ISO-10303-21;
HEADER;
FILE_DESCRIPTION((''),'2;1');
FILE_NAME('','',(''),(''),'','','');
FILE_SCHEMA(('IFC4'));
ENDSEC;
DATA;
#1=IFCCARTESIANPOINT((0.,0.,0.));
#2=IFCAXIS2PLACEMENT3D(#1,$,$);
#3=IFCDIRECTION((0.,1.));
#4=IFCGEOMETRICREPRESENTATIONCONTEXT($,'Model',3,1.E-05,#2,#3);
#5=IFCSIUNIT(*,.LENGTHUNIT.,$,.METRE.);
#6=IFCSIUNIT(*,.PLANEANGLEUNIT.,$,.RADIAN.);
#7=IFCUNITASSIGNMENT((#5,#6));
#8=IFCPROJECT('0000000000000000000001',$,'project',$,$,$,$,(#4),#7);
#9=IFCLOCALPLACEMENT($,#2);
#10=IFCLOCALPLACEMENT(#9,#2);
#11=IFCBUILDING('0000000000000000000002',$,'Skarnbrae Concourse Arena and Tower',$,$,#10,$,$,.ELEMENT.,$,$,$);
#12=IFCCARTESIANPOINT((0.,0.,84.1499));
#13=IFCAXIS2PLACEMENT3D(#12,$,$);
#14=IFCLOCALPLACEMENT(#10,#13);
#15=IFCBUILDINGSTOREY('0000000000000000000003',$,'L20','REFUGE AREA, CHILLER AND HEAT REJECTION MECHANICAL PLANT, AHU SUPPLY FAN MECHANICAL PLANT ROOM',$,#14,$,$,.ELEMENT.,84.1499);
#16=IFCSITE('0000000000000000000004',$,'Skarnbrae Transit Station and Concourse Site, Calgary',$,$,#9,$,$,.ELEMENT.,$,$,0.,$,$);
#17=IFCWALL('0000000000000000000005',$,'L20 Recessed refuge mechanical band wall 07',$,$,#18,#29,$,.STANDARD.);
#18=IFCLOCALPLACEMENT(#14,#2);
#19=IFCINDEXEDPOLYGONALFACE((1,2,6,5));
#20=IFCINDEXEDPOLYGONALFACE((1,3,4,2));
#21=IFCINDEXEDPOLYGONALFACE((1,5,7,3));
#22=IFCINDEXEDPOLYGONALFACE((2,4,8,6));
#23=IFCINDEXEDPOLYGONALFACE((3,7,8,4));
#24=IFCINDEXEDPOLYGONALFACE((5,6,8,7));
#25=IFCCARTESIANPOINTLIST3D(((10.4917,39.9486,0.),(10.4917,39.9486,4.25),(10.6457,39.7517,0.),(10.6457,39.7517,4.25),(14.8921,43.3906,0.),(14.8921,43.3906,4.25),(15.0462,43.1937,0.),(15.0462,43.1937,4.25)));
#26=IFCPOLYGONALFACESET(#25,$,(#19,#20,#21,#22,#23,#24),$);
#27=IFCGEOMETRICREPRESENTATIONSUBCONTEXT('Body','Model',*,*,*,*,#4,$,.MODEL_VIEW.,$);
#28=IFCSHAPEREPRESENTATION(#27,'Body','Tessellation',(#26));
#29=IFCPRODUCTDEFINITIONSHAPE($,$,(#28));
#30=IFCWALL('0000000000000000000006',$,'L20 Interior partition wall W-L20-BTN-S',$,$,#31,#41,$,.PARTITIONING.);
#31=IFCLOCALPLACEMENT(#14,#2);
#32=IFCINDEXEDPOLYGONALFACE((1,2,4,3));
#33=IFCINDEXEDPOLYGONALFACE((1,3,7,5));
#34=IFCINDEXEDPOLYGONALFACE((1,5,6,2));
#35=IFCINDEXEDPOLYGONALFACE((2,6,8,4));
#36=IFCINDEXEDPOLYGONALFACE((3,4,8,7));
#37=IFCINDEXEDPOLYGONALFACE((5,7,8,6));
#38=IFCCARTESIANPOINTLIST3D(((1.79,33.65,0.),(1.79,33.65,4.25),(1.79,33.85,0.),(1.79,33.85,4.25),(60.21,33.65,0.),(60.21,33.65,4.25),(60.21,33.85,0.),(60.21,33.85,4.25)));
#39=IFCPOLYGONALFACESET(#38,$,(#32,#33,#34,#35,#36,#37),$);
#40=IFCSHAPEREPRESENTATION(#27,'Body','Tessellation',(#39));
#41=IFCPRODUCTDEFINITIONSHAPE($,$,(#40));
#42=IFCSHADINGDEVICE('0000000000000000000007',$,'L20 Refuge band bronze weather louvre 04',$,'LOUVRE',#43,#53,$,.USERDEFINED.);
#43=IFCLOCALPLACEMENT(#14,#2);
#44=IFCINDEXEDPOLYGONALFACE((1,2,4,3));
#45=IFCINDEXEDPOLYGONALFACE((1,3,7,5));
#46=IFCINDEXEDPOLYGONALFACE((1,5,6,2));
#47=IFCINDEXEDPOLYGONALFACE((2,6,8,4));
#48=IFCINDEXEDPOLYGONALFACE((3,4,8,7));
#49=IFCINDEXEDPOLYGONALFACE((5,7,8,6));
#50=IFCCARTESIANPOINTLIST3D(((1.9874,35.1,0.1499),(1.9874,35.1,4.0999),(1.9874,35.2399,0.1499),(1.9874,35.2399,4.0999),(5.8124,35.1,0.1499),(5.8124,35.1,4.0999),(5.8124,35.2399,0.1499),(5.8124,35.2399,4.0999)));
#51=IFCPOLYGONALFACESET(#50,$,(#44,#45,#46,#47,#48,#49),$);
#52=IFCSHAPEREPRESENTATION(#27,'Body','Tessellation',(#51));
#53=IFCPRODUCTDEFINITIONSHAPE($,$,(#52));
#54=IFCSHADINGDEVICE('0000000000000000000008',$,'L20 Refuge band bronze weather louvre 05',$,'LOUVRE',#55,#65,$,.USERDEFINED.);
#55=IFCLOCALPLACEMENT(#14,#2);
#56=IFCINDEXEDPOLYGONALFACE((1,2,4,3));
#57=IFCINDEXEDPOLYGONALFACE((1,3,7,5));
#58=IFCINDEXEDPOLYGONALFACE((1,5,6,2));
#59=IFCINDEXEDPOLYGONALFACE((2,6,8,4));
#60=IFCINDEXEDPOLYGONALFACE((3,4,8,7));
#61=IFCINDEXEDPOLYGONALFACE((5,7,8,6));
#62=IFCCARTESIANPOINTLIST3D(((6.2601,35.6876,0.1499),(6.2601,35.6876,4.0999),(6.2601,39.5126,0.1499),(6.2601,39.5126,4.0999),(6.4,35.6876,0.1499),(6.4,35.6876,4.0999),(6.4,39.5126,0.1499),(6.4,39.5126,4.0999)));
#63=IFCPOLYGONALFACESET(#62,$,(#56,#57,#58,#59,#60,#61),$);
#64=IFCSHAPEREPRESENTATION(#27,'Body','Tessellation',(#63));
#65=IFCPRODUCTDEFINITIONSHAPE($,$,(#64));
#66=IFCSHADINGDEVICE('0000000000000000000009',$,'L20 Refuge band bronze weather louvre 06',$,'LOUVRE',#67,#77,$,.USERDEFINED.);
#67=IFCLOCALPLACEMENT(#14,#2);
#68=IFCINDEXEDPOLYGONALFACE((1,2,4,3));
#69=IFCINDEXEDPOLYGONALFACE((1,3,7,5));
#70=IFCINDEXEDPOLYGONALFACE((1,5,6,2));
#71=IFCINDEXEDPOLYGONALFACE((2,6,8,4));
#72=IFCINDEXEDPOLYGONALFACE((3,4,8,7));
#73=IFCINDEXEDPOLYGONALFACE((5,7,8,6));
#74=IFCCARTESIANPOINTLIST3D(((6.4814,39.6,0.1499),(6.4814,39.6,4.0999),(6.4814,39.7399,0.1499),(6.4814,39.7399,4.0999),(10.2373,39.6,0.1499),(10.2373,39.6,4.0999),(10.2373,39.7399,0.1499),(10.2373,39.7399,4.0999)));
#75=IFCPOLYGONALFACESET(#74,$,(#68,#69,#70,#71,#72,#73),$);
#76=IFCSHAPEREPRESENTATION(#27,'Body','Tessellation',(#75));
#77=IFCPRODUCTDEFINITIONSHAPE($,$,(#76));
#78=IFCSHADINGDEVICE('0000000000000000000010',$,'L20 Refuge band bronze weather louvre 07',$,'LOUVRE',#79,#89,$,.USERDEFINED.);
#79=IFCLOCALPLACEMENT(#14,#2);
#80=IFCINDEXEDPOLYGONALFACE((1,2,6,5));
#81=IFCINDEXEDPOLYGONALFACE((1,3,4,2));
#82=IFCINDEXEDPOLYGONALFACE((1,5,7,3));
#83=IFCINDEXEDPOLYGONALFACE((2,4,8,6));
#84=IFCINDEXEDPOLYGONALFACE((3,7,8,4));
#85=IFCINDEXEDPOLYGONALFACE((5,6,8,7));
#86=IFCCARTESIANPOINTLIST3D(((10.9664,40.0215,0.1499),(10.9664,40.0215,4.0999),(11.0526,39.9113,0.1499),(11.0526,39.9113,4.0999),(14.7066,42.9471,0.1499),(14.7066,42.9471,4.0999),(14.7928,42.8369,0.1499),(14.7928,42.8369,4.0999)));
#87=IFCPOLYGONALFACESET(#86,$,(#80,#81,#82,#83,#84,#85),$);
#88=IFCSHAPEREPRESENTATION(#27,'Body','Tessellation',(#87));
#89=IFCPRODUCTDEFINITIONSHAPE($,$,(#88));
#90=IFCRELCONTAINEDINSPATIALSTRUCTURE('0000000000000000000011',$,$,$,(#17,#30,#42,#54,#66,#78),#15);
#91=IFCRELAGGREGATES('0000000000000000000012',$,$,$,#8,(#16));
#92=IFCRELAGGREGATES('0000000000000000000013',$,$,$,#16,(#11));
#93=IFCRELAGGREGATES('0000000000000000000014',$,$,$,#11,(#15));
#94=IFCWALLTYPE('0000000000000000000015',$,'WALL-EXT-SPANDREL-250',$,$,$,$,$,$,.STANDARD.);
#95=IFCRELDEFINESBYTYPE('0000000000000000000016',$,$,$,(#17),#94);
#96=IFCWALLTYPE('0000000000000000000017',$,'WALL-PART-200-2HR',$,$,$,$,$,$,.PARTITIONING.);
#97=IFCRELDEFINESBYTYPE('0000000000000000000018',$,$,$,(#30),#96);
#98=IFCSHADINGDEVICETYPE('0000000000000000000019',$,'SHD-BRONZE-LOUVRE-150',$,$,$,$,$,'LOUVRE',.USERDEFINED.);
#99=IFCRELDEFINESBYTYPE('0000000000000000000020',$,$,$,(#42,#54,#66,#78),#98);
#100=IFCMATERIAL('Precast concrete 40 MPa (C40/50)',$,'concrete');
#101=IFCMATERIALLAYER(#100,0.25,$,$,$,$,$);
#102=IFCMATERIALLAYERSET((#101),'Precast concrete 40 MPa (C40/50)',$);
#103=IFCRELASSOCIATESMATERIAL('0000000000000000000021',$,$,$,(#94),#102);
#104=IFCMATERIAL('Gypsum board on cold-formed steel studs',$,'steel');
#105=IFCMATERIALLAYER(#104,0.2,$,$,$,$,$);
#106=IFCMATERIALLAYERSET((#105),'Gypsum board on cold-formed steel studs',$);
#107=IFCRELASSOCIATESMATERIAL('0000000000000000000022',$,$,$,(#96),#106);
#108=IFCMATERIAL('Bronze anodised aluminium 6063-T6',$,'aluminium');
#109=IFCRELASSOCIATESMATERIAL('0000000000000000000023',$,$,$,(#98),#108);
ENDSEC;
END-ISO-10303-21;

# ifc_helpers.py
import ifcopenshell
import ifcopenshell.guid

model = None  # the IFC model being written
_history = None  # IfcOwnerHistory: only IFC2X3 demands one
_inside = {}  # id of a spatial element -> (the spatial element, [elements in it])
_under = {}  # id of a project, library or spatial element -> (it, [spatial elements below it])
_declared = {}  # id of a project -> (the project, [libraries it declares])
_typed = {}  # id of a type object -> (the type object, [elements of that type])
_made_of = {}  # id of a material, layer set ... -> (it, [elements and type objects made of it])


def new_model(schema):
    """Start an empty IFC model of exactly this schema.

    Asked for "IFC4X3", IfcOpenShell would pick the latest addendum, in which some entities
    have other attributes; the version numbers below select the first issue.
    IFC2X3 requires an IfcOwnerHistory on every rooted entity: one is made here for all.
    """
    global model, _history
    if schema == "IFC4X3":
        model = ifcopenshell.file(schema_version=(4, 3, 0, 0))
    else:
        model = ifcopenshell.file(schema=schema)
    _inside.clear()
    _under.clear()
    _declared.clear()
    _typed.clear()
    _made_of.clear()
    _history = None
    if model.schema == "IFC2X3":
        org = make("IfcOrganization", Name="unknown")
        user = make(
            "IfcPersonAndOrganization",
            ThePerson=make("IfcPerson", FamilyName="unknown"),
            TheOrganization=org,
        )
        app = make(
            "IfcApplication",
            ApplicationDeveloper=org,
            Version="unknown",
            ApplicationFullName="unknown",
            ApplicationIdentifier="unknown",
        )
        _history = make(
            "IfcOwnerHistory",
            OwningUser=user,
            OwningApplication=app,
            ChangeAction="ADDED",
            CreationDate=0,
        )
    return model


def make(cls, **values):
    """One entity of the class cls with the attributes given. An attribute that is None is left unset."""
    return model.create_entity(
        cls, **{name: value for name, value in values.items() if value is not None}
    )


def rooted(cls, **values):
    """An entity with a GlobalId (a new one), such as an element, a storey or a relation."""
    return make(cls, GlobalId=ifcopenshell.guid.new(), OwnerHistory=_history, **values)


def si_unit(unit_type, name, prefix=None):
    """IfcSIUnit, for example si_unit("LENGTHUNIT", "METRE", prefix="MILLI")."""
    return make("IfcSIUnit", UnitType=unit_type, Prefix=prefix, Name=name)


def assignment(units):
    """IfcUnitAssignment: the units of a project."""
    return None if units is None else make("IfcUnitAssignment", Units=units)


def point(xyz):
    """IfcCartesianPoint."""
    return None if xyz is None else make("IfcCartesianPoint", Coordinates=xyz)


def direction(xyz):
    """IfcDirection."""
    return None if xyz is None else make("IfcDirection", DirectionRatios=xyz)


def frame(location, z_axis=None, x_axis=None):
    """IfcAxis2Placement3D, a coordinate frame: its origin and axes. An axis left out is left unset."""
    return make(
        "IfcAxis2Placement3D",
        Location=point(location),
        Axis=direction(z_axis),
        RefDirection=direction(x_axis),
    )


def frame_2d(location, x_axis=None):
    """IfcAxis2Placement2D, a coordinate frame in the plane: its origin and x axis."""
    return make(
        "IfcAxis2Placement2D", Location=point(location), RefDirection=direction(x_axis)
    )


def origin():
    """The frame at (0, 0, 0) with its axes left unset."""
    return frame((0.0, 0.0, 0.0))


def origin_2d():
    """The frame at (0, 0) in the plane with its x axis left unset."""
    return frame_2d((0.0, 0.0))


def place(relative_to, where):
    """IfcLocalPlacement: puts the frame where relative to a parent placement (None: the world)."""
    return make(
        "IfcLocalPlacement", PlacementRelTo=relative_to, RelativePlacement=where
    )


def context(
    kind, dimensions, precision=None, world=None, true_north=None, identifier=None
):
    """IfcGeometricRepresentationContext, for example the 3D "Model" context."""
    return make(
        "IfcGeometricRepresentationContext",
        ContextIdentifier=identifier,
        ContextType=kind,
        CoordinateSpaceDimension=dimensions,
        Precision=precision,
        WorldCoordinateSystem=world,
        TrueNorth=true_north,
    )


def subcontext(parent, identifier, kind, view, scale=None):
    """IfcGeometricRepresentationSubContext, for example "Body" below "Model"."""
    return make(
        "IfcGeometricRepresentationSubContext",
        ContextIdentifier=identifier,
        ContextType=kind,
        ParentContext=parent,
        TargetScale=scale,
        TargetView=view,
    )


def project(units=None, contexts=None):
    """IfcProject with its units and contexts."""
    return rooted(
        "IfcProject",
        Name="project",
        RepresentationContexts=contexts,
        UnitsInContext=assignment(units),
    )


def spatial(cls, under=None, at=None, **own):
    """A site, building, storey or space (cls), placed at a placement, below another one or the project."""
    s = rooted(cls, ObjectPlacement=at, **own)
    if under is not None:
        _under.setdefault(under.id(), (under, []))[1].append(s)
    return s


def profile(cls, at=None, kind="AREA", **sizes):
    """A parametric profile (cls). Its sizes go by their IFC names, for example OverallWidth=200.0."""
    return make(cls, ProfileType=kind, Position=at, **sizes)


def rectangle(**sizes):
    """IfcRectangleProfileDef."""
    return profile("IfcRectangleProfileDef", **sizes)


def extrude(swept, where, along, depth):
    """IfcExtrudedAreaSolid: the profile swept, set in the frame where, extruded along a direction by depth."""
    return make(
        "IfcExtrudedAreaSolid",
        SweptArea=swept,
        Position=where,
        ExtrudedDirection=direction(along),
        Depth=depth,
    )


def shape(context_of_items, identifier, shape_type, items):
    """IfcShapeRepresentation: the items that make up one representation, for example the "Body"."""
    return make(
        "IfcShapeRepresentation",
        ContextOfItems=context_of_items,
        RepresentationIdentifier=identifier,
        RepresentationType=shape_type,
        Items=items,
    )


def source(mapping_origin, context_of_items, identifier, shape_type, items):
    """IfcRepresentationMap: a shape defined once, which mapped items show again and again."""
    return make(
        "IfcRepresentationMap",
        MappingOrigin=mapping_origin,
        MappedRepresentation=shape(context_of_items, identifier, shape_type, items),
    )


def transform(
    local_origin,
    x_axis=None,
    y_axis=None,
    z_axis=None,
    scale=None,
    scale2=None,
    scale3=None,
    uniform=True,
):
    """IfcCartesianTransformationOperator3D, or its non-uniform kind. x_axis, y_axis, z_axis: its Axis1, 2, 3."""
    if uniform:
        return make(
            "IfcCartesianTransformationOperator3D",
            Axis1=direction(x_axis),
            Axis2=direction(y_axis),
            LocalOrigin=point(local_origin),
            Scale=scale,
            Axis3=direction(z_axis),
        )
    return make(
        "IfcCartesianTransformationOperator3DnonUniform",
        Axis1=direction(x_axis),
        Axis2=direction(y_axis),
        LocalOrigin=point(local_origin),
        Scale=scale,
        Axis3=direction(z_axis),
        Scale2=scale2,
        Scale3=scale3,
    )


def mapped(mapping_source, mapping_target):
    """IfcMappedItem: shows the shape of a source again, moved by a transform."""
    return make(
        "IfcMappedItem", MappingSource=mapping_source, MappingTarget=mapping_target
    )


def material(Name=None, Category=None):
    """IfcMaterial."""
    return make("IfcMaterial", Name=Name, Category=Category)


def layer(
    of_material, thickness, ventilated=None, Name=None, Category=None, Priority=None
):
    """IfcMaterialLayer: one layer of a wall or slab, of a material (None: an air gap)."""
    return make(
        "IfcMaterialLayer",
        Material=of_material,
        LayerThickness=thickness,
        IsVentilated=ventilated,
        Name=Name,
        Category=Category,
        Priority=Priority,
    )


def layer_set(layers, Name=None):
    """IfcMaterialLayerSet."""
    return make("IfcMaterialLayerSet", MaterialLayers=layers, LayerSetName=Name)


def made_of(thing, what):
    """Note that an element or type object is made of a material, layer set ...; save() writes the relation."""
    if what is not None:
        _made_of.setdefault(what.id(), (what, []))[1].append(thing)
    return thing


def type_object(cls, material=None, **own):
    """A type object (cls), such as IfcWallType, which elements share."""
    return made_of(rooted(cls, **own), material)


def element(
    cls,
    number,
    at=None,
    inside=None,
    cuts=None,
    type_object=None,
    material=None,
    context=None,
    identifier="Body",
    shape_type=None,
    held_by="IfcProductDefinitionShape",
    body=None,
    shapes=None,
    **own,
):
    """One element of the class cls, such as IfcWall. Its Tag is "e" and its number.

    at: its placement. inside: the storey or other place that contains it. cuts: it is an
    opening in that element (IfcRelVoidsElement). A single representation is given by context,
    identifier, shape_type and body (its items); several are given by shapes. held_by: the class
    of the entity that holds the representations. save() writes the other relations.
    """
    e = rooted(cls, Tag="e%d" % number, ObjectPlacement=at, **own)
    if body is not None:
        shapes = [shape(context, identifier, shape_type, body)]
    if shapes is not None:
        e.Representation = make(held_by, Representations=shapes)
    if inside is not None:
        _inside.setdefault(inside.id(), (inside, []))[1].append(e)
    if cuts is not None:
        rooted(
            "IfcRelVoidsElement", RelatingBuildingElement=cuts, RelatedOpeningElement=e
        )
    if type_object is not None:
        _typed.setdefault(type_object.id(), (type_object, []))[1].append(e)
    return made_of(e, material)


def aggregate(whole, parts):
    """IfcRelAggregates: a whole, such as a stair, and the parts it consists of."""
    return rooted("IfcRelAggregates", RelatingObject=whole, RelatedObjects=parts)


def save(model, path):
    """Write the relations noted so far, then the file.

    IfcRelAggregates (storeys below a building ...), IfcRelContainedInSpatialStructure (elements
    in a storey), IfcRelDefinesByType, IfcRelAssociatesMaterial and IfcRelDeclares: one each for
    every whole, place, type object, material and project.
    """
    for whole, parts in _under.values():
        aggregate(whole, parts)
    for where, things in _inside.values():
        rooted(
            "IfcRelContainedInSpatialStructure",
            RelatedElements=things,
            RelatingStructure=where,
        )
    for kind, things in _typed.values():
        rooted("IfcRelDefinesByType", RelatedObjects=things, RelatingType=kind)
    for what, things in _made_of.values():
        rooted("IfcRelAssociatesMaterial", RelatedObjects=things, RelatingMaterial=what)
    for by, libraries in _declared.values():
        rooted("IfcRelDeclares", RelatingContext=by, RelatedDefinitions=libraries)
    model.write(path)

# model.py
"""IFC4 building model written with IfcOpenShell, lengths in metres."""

from ifc_helpers import new_model, si_unit, direction, frame, frame_2d, origin, origin_2d, place, context, subcontext, project, spatial, rectangle, extrude, source, transform, mapped, material, layer, layer_set, type_object, element, save


model = new_model("IFC4")

# Units and contexts
model_context = context("Model", 3, precision=1e-05, world=origin(), true_north=direction((0.0, 1.0)))
body_context = subcontext(model_context, "Body", "Model", "MODEL_VIEW")
ifc_project = project(units=[si_unit("LENGTHUNIT", "METRE"), si_unit("PLANEANGLEUNIT", "RADIAN")], contexts=[model_context])

# Site, building, storey
site_placement = place(None, origin())
site = spatial("IfcSite", under=ifc_project, at=site_placement, Name="Skarnbrae Transit Station and Concourse Site, Calgary", CompositionType="ELEMENT", RefElevation=0.0)
building_placement = place(site_placement, origin())
building = spatial("IfcBuilding", under=site, at=building_placement, Name="Skarnbrae Concourse Arena and Tower", CompositionType="ELEMENT")
storey_placement = place(building_placement, frame((0.0, 0.0, 84.1499)))
storey = spatial("IfcBuildingStorey", under=building, at=storey_placement, Name="L20", Description="REFUGE AREA, CHILLER AND HEAT REJECTION MECHANICAL PLANT, AHU SUPPLY FAN MECHANICAL PLANT ROOM", CompositionType="ELEMENT", Elevation=84.1499)

# Walls
ifc_material_1 = material(Name="Precast concrete 40 MPa (C40/50)", Category="concrete")
ifc_layer_1 = layer(ifc_material_1, 0.25)
ifc_layer_set_1 = layer_set([ifc_layer_1], Name="Precast concrete 40 MPa (C40/50)")
wall_type_1 = type_object("IfcWallType", Name="WALL-EXT-SPANDREL-250", PredefinedType="STANDARD", material=ifc_layer_set_1)
shared_shape_1 = source(origin(), body_context, "Body", "SweptSolid", [
    extrude(rectangle(XDim=5.5867, YDim=0.25, at=frame_2d((2.7935, 0.0))), origin(), (0.0, 0.0, 1.0), 4.25),
])
wall_1_placement = place(storey_placement, frame((10.5686, 39.8501, 0.0), z_axis=(0.0, 0.0, 1.0), x_axis=(0.787669, 0.616098, 0.0)))
element("IfcWall", 1, at=wall_1_placement, inside=storey, type_object=wall_type_1, Name="L20 Recessed refuge mechanical band wall 07", PredefinedType="STANDARD", context=body_context, shape_type="MappedRepresentation", body=[
    mapped(shared_shape_1, transform((0.0, 0.0, 0.0))),
])
ifc_material_2 = material(Name="Gypsum board on cold-formed steel studs", Category="steel")
ifc_layer_2 = layer(ifc_material_2, 0.2)
ifc_layer_set_2 = layer_set([ifc_layer_2], Name="Gypsum board on cold-formed steel studs")
wall_type_2 = type_object("IfcWallType", Name="WALL-PART-200-2HR", PredefinedType="PARTITIONING", material=ifc_layer_set_2)
shared_shape_2 = source(origin(), body_context, "Body", "SweptSolid", [
    extrude(rectangle(XDim=58.4199, YDim=0.2, at=frame_2d((29.21, 0.0))), origin(), (0.0, 0.0, 1.0), 4.25),
])
wall_2_placement = place(storey_placement, frame((1.79, 33.75, 0.0), z_axis=(0.0, 0.0, 1.0), x_axis=(1.0, 0.0, 0.0)))
element("IfcWall", 2, at=wall_2_placement, inside=storey, type_object=wall_type_2, Name="L20 Interior partition wall W-L20-BTN-S", PredefinedType="PARTITIONING", context=body_context, shape_type="MappedRepresentation", body=[
    mapped(shared_shape_2, transform((0.0, 0.0, 0.0))),
])

# Shading devices
ifc_material_3 = material(Name="Bronze anodised aluminium 6063-T6", Category="aluminium")
shading_device_type = type_object("IfcShadingDeviceType", Name="SHD-BRONZE-LOUVRE-150", ElementType="LOUVRE", PredefinedType="USERDEFINED", material=ifc_material_3)
shared_shape_3 = source(origin(), body_context, "Body", "SweptSolid", [
    extrude(rectangle(XDim=3.825, YDim=0.1399, at=origin_2d()), origin(), (0.0, 0.0, 1.0), 3.95),
])
for number, where, z_axis, x_axis, name in (
    (3, (3.8999, 35.1699, 0.1499), (0.0, 0.0, 1.0), (1.0, 0.0, 0.0), "L20 Refuge band bronze weather louvre 04"),
    (4, (6.3301, 37.6001, 0.1499), (0.0, 0.0, 1.0), (0.0, 1.0, 0.0), "L20 Refuge band bronze weather louvre 05"),
):
    element("IfcShadingDevice", number, at=place(storey_placement, frame(where, z_axis=z_axis, x_axis=x_axis)), inside=storey, type_object=shading_device_type, Name=name, ObjectType="LOUVRE", PredefinedType="USERDEFINED", context=body_context, shape_type="MappedRepresentation", body=[
        mapped(shared_shape_3, transform((0.0, 0.0, 0.0))),
    ])
shared_shape_4 = source(origin(), body_context, "Body", "SweptSolid", [
    extrude(rectangle(XDim=3.7559, YDim=0.1399, at=origin_2d()), origin(), (0.0, 0.0, 1.0), 3.95),
])
shading_device_1_placement = place(storey_placement, frame((8.3594, 39.6699, 0.1499), z_axis=(0.0, 0.0, 1.0), x_axis=(1.0, 0.0, 0.0)))
element("IfcShadingDevice", 5, at=shading_device_1_placement, inside=storey, type_object=shading_device_type, Name="L20 Refuge band bronze weather louvre 06", ObjectType="LOUVRE", PredefinedType="USERDEFINED", context=body_context, shape_type="MappedRepresentation", body=[
    mapped(shared_shape_4, transform((0.0, 0.0, 0.0))),
])
shared_shape_5 = source(origin(), body_context, "Body", "SweptSolid", [
    extrude(rectangle(XDim=4.7485, YDim=0.1399, at=origin_2d()), origin(), (0.0, 0.0, 1.0), 3.95),
])
shading_device_2_placement = place(storey_placement, frame((12.8796, 41.4292, 0.1499), z_axis=(0.0, 0.0, 1.0), x_axis=(0.787656, 0.616115, 0.0)))
element("IfcShadingDevice", 6, at=shading_device_2_placement, inside=storey, type_object=shading_device_type, Name="L20 Refuge band bronze weather louvre 07", ObjectType="LOUVRE", PredefinedType="USERDEFINED", context=body_context, shape_type="MappedRepresentation", body=[
    mapped(shared_shape_5, transform((0.0, 0.0, 0.0))),
])

save(model, "model.ifc")
